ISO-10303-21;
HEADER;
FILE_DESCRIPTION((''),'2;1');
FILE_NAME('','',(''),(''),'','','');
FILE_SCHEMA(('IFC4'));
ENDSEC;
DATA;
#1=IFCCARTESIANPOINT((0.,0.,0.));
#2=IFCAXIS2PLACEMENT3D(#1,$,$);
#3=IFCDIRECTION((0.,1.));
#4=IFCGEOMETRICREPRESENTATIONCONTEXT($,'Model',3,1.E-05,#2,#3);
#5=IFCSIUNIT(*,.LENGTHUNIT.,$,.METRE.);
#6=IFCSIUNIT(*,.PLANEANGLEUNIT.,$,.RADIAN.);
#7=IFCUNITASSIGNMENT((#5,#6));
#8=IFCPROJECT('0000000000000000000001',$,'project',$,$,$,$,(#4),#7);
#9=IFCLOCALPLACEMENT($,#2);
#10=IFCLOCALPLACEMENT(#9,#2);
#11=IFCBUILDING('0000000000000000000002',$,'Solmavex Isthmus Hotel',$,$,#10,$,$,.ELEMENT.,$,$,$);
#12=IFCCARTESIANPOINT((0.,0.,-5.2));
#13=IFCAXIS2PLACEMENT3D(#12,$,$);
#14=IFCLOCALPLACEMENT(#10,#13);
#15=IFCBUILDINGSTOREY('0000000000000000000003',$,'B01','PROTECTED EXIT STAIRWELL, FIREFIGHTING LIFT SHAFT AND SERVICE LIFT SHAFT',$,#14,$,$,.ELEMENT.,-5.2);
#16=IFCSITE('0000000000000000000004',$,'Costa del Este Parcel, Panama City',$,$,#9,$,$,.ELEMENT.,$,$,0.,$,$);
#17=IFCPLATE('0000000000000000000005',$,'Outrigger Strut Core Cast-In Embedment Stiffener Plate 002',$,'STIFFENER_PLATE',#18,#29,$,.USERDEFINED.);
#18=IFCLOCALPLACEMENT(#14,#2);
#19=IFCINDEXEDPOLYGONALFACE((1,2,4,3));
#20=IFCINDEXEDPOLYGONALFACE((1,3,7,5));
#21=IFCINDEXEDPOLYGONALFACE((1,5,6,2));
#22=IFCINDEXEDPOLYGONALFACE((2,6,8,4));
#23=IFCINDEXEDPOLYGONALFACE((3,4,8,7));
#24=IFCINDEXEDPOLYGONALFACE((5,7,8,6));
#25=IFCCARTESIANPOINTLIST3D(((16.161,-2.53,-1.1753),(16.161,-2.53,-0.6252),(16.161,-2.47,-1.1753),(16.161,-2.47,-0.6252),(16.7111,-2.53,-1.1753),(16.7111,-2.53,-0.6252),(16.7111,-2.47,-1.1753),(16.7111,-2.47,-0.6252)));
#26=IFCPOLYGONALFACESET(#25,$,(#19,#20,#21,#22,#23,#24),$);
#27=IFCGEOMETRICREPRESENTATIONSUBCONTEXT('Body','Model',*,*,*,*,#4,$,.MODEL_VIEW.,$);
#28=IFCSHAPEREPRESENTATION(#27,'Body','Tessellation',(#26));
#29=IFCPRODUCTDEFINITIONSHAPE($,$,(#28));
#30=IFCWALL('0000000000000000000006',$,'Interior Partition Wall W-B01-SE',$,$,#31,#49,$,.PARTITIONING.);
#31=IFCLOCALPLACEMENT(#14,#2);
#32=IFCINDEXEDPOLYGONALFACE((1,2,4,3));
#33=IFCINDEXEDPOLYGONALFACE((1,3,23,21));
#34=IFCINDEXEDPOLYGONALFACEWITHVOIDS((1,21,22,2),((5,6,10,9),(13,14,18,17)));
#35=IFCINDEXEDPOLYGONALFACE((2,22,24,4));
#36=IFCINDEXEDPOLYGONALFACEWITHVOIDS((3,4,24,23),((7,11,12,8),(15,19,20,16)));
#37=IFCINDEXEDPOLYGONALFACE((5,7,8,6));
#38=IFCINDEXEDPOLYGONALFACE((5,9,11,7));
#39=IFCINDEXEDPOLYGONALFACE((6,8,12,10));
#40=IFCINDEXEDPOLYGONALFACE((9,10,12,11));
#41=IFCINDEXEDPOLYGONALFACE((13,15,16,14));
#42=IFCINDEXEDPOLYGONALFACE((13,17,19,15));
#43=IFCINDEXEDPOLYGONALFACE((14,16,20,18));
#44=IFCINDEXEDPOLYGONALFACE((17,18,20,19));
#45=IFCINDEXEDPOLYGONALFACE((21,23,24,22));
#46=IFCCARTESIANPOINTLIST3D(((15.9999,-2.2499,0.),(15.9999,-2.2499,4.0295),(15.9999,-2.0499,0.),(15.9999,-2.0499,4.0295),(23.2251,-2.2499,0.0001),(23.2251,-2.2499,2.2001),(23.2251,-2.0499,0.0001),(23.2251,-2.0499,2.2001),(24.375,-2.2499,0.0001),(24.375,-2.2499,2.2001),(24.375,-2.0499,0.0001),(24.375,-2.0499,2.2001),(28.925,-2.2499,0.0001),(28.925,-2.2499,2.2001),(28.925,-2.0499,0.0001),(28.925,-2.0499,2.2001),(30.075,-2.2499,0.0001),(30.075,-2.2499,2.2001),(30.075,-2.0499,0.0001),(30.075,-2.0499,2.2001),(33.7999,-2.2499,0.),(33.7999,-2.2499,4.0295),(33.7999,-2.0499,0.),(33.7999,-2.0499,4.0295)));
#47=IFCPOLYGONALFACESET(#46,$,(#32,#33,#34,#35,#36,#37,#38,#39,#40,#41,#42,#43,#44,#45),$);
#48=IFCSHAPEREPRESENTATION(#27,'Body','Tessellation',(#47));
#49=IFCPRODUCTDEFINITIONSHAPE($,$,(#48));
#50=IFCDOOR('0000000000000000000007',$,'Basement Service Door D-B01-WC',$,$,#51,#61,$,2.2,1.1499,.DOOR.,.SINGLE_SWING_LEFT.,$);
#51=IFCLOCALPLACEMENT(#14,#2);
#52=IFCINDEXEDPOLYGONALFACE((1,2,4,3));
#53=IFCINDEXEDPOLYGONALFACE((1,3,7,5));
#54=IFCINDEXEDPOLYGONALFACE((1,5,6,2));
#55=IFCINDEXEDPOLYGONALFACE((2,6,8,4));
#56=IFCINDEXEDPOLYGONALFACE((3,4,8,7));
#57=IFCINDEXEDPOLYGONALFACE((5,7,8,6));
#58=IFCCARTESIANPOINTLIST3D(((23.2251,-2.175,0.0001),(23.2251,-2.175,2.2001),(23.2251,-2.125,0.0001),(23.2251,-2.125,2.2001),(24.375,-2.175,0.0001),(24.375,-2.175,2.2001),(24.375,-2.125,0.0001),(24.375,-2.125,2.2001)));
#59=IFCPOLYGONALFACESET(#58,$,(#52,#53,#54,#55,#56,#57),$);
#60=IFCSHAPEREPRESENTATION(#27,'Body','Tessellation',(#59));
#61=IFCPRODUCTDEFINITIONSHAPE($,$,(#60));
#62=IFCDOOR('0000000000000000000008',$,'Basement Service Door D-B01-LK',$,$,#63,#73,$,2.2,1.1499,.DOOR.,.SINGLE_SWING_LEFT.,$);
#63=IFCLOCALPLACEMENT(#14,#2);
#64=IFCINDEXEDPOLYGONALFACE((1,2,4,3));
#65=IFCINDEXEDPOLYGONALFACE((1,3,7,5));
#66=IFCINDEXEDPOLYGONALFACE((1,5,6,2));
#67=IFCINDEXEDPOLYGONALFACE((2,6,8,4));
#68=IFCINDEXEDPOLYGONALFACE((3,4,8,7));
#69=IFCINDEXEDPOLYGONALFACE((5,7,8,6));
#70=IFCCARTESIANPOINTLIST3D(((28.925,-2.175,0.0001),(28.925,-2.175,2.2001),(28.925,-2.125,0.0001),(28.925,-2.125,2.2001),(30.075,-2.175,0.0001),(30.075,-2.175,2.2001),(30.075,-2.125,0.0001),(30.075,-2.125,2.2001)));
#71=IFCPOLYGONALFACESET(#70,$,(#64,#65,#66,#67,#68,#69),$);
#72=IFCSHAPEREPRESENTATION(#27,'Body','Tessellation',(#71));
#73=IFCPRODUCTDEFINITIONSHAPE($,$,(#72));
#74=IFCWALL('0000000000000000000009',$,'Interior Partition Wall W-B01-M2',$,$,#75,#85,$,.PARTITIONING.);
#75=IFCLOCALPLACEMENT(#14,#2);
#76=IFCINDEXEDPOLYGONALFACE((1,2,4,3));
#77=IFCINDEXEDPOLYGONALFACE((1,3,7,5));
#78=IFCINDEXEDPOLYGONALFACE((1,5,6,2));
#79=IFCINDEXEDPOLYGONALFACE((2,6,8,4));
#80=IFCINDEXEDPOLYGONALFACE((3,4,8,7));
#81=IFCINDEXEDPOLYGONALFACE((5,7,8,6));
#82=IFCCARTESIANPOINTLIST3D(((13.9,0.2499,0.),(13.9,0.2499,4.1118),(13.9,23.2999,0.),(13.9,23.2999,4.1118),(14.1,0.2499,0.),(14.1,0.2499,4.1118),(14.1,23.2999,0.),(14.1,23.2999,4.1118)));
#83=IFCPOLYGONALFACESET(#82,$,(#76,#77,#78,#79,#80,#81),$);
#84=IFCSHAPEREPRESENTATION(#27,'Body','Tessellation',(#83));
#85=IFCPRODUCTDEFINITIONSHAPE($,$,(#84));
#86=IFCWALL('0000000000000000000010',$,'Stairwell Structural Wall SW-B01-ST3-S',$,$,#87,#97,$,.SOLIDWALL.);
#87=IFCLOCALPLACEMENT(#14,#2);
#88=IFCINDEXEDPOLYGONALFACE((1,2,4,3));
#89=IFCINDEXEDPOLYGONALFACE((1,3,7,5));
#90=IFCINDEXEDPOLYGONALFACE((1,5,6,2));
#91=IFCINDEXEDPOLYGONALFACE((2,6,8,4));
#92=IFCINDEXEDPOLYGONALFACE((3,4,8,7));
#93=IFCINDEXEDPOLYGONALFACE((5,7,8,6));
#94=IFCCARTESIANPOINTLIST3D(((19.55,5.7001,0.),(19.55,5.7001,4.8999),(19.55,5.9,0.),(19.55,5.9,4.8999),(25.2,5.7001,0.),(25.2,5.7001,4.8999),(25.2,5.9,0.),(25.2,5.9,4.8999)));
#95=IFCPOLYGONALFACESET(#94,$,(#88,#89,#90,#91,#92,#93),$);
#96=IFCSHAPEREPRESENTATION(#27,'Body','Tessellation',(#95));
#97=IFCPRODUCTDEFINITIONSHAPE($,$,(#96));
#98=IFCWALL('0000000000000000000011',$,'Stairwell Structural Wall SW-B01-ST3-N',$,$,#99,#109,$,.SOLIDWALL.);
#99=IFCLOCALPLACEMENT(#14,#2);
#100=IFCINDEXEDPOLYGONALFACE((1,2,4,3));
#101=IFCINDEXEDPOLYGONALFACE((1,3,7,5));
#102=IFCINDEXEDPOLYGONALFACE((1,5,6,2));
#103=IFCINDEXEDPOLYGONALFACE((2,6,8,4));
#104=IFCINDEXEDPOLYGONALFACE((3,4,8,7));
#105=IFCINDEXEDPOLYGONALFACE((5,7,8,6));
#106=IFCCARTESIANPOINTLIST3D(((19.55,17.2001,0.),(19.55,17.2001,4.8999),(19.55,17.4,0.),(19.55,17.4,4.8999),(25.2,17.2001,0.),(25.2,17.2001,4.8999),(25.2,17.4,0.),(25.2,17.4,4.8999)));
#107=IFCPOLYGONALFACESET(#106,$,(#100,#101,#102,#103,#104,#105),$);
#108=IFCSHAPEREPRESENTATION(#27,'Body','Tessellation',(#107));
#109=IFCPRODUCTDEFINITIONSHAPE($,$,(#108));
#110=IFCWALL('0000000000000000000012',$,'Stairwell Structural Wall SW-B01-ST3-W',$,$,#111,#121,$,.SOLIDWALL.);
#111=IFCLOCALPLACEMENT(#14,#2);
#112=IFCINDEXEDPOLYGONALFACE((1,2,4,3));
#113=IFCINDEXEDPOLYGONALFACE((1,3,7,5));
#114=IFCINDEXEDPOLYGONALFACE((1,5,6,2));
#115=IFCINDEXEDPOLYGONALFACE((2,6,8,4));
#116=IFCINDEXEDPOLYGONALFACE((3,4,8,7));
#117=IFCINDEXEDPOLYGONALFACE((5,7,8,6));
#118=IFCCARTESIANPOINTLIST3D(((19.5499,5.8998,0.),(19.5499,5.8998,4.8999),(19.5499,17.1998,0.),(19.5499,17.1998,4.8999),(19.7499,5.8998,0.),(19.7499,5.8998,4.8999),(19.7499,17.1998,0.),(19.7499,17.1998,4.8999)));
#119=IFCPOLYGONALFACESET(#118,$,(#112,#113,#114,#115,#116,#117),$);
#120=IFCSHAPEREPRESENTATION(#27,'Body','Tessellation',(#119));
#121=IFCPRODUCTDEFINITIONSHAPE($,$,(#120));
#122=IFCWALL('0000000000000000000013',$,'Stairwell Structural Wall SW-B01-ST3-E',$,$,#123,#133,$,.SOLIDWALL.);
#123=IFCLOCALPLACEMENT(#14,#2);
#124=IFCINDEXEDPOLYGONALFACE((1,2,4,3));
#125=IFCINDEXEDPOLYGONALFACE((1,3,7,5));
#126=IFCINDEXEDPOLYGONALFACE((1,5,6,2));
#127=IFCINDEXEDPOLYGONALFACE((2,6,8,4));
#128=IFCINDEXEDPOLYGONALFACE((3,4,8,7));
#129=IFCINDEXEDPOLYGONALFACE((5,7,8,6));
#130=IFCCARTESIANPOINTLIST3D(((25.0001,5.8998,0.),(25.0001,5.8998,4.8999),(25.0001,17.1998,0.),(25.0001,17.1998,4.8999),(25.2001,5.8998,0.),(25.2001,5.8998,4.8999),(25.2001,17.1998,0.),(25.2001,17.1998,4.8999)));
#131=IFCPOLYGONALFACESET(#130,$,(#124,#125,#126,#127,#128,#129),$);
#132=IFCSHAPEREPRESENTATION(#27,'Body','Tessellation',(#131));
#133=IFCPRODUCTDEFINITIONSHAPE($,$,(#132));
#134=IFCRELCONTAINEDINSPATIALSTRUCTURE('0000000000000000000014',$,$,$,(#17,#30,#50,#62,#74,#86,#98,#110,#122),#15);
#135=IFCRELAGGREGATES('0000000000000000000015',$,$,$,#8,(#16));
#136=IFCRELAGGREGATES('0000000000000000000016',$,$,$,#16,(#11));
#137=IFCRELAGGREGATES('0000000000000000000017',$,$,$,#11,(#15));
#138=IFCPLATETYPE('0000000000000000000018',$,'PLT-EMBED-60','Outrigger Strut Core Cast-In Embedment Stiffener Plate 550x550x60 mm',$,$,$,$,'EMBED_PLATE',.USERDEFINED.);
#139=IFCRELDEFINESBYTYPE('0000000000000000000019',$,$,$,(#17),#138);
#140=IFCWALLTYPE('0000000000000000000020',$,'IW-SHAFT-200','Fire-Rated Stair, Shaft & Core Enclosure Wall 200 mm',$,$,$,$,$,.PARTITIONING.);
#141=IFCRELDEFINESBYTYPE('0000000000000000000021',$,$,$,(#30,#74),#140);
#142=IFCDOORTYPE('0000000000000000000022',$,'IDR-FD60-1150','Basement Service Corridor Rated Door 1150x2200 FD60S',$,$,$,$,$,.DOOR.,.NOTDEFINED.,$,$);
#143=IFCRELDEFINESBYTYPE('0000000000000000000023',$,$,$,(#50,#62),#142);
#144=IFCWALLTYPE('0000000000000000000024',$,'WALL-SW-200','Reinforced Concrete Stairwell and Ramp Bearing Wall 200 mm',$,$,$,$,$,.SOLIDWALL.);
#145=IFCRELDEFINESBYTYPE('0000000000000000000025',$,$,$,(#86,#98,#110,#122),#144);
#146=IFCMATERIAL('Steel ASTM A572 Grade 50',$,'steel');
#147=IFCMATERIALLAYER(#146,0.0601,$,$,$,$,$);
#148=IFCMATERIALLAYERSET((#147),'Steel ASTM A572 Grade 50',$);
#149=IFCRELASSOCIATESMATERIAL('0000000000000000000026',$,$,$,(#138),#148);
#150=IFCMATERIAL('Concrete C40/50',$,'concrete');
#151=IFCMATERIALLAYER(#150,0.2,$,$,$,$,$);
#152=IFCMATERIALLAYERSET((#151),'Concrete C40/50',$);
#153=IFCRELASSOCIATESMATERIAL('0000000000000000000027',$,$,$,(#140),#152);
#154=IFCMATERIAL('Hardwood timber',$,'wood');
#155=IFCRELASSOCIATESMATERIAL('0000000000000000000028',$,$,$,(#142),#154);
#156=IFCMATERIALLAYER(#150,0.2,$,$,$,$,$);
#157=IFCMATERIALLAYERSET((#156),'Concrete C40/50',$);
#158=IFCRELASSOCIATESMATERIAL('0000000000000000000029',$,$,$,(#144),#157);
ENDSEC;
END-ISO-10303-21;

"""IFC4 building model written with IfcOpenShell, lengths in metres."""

from ifc_helpers import new_model, si_unit, direction, frame, frame_2d, origin, origin_2d, place, context, subcontext, project, spatial, rectangle, extrude, material, layer, layer_set, type_object, element, fill, save


model = new_model("IFC4")

# Units and contexts
model_context = context("Model", 3, precision=1e-05, world=origin(), true_north=direction((0.0, 1.0)))
body_context = subcontext(model_context, "Body", "Model", "MODEL_VIEW")
ifc_project = project(units=[si_unit("LENGTHUNIT", "METRE"), si_unit("PLANEANGLEUNIT", "RADIAN")], contexts=[model_context])

# Site, building, storey
site_placement = place(None, origin())
site = spatial("IfcSite", under=ifc_project, at=site_placement, Name="Costa del Este Parcel, Panama City", CompositionType="ELEMENT", RefElevation=0.0)
building_placement = place(site_placement, origin())
building = spatial("IfcBuilding", under=site, at=building_placement, Name="Solmavex Isthmus Hotel", CompositionType="ELEMENT")
storey_placement = place(building_placement, frame((0.0, 0.0, -5.2)))
storey = spatial("IfcBuildingStorey", under=building, at=storey_placement, Name="B01", Description="PROTECTED EXIT STAIRWELL, FIREFIGHTING LIFT SHAFT AND SERVICE LIFT SHAFT", CompositionType="ELEMENT", Elevation=-5.2)

# Plate
ifc_material_1 = material(Name="Steel ASTM A572 Grade 50", Category="steel")
ifc_layer_1 = layer(ifc_material_1, 0.0601)
ifc_layer_set_1 = layer_set([ifc_layer_1], Name="Steel ASTM A572 Grade 50")
plate_type = type_object("IfcPlateType", Name="PLT-EMBED-60", Description="Outrigger Strut Core Cast-In Embedment Stiffener Plate 550x550x60 mm", ElementType="EMBED_PLATE", PredefinedType="USERDEFINED", material=ifc_layer_set_1)
plate_placement = place(storey_placement, frame((16.436, -2.5, -1.1753), z_axis=(0.0, 0.0, 1.0), x_axis=(1.0, 0.0, 0.0)))
element("IfcPlate", 1, at=plate_placement, inside=storey, type_object=plate_type, Name="Outrigger Strut Core Cast-In Embedment Stiffener Plate 002", ObjectType="STIFFENER_PLATE", PredefinedType="USERDEFINED", context=body_context, shape_type="SweptSolid", body=[
    extrude(rectangle(XDim=0.55, YDim=0.0601, at=origin_2d()), origin(), (0.0, 0.0, 1.0), 0.55),
])

# Wall, openings, doors
ifc_material_2 = material(Name="Concrete C40/50", Category="concrete")
ifc_layer_2 = layer(ifc_material_2, 0.2)
ifc_layer_set_2 = layer_set([ifc_layer_2], Name="Concrete C40/50")
wall_type_1 = type_object("IfcWallType", Name="IW-SHAFT-200", Description="Fire-Rated Stair, Shaft & Core Enclosure Wall 200 mm", PredefinedType="PARTITIONING", material=ifc_layer_set_2)
wall_1_placement = place(storey_placement, frame((16.0, -2.1499, 0.0), z_axis=(0.0, 0.0, 1.0), x_axis=(1.0, 0.0, 0.0)))
wall_1 = element("IfcWall", 2, at=wall_1_placement, inside=storey, type_object=wall_type_1, Name="Interior Partition Wall W-B01-SE", PredefinedType="PARTITIONING", context=body_context, shape_type="SweptSolid", body=[
    extrude(rectangle(XDim=17.8, YDim=0.2, at=frame_2d((8.8999, 0.0))), origin(), (0.0, 0.0, 1.0), 4.0295),
])
opening_1_placement = place(wall_1_placement, frame((7.2251, 0.0, 0.0)))
opening_1 = element("IfcOpeningElement", 3, at=opening_1_placement, cuts=wall_1, PredefinedType="OPENING", context=body_context, shape_type="SweptSolid", body=[
    extrude(rectangle(XDim=1.1499, YDim=2.2, at=frame_2d((0.575, 1.1001))), frame((0.0, 0.1099, 0.0), z_axis=(0.0, -1.0, 0.0), x_axis=(1.0, 0.0, 0.0)), (0.0, 0.0, 1.0), 0.22),
])
opening_2_placement = place(wall_1_placement, frame((12.925, 0.0, 0.0)))
opening_2 = element("IfcOpeningElement", 4, at=opening_2_placement, cuts=wall_1, PredefinedType="OPENING", context=body_context, shape_type="SweptSolid", body=[
    extrude(rectangle(XDim=1.1499, YDim=2.2, at=frame_2d((0.575, 1.1001))), frame((0.0, 0.1099, 0.0), z_axis=(0.0, -1.0, 0.0), x_axis=(1.0, 0.0, 0.0)), (0.0, 0.0, 1.0), 0.22),
])
ifc_material_3 = material(Name="Hardwood timber", Category="wood")
door_type = type_object("IfcDoorType", Name="IDR-FD60-1150", Description="Basement Service Corridor Rated Door 1150x2200 FD60S", OperationType="NOTDEFINED", PredefinedType="DOOR", material=ifc_material_3)
door_1_placement = place(opening_1_placement, origin())
door_1 = element("IfcDoor", 5, at=door_1_placement, inside=storey, type_object=door_type, Name="Basement Service Door D-B01-WC", OperationType="SINGLE_SWING_LEFT", OverallHeight=2.2, OverallWidth=1.1499, PredefinedType="DOOR", context=body_context, shape_type="SweptSolid", body=[
    extrude(rectangle(XDim=1.1499, YDim=2.2, at=frame_2d((0.575, 1.1001))), frame((0.0, 0.0249, 0.0), z_axis=(0.0, -1.0, 0.0), x_axis=(1.0, 0.0, 0.0)), (0.0, 0.0, 1.0), 0.05),
])
fill(opening_1, door_1)
door_2_placement = place(opening_2_placement, origin())
door_2 = element("IfcDoor", 6, at=door_2_placement, inside=storey, type_object=door_type, Name="Basement Service Door D-B01-LK", OperationType="SINGLE_SWING_LEFT", OverallHeight=2.2, OverallWidth=1.1499, PredefinedType="DOOR", context=body_context, shape_type="SweptSolid", body=[
    extrude(rectangle(XDim=1.1499, YDim=2.2, at=frame_2d((0.575, 1.1001))), frame((0.0, 0.0249, 0.0), z_axis=(0.0, -1.0, 0.0), x_axis=(1.0, 0.0, 0.0)), (0.0, 0.0, 1.0), 0.05),
])
fill(opening_2, door_2)

# Walls
wall_2_placement = place(storey_placement, frame((14.0, 0.25, 0.0), z_axis=(0.0, 0.0, 1.0), x_axis=(0.0, 1.0, 0.0)))
element("IfcWall", 7, at=wall_2_placement, inside=storey, type_object=wall_type_1, Name="Interior Partition Wall W-B01-M2", PredefinedType="PARTITIONING", context=body_context, shape_type="SweptSolid", body=[
    extrude(rectangle(XDim=23.05, YDim=0.2, at=frame_2d((11.5249, 0.0))), origin(), (0.0, 0.0, 1.0), 4.1118),
])
ifc_layer_3 = layer(ifc_material_2, 0.2)
ifc_layer_set_3 = layer_set([ifc_layer_3], Name="Concrete C40/50")
wall_type_2 = type_object("IfcWallType", Name="WALL-SW-200", Description="Reinforced Concrete Stairwell and Ramp Bearing Wall 200 mm", PredefinedType="SOLIDWALL", material=ifc_layer_set_3)
for number, where, z_axis, x_axis, name in (
    (8, (19.55, 5.8, 0.0), (0.0, 0.0, 1.0), (1.0, 0.0, 0.0), "Stairwell Structural Wall SW-B01-ST3-S"),
    (9, (19.55, 17.3, 0.0), (0.0, 0.0, 1.0), (1.0, 0.0, 0.0), "Stairwell Structural Wall SW-B01-ST3-N"),
):
    element("IfcWall", number, at=place(storey_placement, frame(where, z_axis=z_axis, x_axis=x_axis)), inside=storey, type_object=wall_type_2, Name=name, PredefinedType="SOLIDWALL", context=body_context, shape_type="SweptSolid", body=[
        extrude(rectangle(XDim=5.6499, YDim=0.2, at=frame_2d((2.825, 0.0))), origin(), (0.0, 0.0, 1.0), 4.8999),
    ])
for number, where, z_axis, x_axis, name in (
    (10, (19.6499, 5.8999, 0.0), (0.0, 0.0, 1.0), (0.0, 1.0, 0.0), "Stairwell Structural Wall SW-B01-ST3-W"),
    (11, (25.1001, 5.8999, 0.0), (0.0, 0.0, 1.0), (0.0, 1.0, 0.0), "Stairwell Structural Wall SW-B01-ST3-E"),
):
    element("IfcWall", number, at=place(storey_placement, frame(where, z_axis=z_axis, x_axis=x_axis)), inside=storey, type_object=wall_type_2, Name=name, PredefinedType="SOLIDWALL", context=body_context, shape_type="SweptSolid", body=[
        extrude(rectangle(XDim=11.3, YDim=0.2, at=frame_2d((5.6499, 0.0))), origin(), (0.0, 0.0, 1.0), 4.8999),
    ])

save(model, "model.ifc")
